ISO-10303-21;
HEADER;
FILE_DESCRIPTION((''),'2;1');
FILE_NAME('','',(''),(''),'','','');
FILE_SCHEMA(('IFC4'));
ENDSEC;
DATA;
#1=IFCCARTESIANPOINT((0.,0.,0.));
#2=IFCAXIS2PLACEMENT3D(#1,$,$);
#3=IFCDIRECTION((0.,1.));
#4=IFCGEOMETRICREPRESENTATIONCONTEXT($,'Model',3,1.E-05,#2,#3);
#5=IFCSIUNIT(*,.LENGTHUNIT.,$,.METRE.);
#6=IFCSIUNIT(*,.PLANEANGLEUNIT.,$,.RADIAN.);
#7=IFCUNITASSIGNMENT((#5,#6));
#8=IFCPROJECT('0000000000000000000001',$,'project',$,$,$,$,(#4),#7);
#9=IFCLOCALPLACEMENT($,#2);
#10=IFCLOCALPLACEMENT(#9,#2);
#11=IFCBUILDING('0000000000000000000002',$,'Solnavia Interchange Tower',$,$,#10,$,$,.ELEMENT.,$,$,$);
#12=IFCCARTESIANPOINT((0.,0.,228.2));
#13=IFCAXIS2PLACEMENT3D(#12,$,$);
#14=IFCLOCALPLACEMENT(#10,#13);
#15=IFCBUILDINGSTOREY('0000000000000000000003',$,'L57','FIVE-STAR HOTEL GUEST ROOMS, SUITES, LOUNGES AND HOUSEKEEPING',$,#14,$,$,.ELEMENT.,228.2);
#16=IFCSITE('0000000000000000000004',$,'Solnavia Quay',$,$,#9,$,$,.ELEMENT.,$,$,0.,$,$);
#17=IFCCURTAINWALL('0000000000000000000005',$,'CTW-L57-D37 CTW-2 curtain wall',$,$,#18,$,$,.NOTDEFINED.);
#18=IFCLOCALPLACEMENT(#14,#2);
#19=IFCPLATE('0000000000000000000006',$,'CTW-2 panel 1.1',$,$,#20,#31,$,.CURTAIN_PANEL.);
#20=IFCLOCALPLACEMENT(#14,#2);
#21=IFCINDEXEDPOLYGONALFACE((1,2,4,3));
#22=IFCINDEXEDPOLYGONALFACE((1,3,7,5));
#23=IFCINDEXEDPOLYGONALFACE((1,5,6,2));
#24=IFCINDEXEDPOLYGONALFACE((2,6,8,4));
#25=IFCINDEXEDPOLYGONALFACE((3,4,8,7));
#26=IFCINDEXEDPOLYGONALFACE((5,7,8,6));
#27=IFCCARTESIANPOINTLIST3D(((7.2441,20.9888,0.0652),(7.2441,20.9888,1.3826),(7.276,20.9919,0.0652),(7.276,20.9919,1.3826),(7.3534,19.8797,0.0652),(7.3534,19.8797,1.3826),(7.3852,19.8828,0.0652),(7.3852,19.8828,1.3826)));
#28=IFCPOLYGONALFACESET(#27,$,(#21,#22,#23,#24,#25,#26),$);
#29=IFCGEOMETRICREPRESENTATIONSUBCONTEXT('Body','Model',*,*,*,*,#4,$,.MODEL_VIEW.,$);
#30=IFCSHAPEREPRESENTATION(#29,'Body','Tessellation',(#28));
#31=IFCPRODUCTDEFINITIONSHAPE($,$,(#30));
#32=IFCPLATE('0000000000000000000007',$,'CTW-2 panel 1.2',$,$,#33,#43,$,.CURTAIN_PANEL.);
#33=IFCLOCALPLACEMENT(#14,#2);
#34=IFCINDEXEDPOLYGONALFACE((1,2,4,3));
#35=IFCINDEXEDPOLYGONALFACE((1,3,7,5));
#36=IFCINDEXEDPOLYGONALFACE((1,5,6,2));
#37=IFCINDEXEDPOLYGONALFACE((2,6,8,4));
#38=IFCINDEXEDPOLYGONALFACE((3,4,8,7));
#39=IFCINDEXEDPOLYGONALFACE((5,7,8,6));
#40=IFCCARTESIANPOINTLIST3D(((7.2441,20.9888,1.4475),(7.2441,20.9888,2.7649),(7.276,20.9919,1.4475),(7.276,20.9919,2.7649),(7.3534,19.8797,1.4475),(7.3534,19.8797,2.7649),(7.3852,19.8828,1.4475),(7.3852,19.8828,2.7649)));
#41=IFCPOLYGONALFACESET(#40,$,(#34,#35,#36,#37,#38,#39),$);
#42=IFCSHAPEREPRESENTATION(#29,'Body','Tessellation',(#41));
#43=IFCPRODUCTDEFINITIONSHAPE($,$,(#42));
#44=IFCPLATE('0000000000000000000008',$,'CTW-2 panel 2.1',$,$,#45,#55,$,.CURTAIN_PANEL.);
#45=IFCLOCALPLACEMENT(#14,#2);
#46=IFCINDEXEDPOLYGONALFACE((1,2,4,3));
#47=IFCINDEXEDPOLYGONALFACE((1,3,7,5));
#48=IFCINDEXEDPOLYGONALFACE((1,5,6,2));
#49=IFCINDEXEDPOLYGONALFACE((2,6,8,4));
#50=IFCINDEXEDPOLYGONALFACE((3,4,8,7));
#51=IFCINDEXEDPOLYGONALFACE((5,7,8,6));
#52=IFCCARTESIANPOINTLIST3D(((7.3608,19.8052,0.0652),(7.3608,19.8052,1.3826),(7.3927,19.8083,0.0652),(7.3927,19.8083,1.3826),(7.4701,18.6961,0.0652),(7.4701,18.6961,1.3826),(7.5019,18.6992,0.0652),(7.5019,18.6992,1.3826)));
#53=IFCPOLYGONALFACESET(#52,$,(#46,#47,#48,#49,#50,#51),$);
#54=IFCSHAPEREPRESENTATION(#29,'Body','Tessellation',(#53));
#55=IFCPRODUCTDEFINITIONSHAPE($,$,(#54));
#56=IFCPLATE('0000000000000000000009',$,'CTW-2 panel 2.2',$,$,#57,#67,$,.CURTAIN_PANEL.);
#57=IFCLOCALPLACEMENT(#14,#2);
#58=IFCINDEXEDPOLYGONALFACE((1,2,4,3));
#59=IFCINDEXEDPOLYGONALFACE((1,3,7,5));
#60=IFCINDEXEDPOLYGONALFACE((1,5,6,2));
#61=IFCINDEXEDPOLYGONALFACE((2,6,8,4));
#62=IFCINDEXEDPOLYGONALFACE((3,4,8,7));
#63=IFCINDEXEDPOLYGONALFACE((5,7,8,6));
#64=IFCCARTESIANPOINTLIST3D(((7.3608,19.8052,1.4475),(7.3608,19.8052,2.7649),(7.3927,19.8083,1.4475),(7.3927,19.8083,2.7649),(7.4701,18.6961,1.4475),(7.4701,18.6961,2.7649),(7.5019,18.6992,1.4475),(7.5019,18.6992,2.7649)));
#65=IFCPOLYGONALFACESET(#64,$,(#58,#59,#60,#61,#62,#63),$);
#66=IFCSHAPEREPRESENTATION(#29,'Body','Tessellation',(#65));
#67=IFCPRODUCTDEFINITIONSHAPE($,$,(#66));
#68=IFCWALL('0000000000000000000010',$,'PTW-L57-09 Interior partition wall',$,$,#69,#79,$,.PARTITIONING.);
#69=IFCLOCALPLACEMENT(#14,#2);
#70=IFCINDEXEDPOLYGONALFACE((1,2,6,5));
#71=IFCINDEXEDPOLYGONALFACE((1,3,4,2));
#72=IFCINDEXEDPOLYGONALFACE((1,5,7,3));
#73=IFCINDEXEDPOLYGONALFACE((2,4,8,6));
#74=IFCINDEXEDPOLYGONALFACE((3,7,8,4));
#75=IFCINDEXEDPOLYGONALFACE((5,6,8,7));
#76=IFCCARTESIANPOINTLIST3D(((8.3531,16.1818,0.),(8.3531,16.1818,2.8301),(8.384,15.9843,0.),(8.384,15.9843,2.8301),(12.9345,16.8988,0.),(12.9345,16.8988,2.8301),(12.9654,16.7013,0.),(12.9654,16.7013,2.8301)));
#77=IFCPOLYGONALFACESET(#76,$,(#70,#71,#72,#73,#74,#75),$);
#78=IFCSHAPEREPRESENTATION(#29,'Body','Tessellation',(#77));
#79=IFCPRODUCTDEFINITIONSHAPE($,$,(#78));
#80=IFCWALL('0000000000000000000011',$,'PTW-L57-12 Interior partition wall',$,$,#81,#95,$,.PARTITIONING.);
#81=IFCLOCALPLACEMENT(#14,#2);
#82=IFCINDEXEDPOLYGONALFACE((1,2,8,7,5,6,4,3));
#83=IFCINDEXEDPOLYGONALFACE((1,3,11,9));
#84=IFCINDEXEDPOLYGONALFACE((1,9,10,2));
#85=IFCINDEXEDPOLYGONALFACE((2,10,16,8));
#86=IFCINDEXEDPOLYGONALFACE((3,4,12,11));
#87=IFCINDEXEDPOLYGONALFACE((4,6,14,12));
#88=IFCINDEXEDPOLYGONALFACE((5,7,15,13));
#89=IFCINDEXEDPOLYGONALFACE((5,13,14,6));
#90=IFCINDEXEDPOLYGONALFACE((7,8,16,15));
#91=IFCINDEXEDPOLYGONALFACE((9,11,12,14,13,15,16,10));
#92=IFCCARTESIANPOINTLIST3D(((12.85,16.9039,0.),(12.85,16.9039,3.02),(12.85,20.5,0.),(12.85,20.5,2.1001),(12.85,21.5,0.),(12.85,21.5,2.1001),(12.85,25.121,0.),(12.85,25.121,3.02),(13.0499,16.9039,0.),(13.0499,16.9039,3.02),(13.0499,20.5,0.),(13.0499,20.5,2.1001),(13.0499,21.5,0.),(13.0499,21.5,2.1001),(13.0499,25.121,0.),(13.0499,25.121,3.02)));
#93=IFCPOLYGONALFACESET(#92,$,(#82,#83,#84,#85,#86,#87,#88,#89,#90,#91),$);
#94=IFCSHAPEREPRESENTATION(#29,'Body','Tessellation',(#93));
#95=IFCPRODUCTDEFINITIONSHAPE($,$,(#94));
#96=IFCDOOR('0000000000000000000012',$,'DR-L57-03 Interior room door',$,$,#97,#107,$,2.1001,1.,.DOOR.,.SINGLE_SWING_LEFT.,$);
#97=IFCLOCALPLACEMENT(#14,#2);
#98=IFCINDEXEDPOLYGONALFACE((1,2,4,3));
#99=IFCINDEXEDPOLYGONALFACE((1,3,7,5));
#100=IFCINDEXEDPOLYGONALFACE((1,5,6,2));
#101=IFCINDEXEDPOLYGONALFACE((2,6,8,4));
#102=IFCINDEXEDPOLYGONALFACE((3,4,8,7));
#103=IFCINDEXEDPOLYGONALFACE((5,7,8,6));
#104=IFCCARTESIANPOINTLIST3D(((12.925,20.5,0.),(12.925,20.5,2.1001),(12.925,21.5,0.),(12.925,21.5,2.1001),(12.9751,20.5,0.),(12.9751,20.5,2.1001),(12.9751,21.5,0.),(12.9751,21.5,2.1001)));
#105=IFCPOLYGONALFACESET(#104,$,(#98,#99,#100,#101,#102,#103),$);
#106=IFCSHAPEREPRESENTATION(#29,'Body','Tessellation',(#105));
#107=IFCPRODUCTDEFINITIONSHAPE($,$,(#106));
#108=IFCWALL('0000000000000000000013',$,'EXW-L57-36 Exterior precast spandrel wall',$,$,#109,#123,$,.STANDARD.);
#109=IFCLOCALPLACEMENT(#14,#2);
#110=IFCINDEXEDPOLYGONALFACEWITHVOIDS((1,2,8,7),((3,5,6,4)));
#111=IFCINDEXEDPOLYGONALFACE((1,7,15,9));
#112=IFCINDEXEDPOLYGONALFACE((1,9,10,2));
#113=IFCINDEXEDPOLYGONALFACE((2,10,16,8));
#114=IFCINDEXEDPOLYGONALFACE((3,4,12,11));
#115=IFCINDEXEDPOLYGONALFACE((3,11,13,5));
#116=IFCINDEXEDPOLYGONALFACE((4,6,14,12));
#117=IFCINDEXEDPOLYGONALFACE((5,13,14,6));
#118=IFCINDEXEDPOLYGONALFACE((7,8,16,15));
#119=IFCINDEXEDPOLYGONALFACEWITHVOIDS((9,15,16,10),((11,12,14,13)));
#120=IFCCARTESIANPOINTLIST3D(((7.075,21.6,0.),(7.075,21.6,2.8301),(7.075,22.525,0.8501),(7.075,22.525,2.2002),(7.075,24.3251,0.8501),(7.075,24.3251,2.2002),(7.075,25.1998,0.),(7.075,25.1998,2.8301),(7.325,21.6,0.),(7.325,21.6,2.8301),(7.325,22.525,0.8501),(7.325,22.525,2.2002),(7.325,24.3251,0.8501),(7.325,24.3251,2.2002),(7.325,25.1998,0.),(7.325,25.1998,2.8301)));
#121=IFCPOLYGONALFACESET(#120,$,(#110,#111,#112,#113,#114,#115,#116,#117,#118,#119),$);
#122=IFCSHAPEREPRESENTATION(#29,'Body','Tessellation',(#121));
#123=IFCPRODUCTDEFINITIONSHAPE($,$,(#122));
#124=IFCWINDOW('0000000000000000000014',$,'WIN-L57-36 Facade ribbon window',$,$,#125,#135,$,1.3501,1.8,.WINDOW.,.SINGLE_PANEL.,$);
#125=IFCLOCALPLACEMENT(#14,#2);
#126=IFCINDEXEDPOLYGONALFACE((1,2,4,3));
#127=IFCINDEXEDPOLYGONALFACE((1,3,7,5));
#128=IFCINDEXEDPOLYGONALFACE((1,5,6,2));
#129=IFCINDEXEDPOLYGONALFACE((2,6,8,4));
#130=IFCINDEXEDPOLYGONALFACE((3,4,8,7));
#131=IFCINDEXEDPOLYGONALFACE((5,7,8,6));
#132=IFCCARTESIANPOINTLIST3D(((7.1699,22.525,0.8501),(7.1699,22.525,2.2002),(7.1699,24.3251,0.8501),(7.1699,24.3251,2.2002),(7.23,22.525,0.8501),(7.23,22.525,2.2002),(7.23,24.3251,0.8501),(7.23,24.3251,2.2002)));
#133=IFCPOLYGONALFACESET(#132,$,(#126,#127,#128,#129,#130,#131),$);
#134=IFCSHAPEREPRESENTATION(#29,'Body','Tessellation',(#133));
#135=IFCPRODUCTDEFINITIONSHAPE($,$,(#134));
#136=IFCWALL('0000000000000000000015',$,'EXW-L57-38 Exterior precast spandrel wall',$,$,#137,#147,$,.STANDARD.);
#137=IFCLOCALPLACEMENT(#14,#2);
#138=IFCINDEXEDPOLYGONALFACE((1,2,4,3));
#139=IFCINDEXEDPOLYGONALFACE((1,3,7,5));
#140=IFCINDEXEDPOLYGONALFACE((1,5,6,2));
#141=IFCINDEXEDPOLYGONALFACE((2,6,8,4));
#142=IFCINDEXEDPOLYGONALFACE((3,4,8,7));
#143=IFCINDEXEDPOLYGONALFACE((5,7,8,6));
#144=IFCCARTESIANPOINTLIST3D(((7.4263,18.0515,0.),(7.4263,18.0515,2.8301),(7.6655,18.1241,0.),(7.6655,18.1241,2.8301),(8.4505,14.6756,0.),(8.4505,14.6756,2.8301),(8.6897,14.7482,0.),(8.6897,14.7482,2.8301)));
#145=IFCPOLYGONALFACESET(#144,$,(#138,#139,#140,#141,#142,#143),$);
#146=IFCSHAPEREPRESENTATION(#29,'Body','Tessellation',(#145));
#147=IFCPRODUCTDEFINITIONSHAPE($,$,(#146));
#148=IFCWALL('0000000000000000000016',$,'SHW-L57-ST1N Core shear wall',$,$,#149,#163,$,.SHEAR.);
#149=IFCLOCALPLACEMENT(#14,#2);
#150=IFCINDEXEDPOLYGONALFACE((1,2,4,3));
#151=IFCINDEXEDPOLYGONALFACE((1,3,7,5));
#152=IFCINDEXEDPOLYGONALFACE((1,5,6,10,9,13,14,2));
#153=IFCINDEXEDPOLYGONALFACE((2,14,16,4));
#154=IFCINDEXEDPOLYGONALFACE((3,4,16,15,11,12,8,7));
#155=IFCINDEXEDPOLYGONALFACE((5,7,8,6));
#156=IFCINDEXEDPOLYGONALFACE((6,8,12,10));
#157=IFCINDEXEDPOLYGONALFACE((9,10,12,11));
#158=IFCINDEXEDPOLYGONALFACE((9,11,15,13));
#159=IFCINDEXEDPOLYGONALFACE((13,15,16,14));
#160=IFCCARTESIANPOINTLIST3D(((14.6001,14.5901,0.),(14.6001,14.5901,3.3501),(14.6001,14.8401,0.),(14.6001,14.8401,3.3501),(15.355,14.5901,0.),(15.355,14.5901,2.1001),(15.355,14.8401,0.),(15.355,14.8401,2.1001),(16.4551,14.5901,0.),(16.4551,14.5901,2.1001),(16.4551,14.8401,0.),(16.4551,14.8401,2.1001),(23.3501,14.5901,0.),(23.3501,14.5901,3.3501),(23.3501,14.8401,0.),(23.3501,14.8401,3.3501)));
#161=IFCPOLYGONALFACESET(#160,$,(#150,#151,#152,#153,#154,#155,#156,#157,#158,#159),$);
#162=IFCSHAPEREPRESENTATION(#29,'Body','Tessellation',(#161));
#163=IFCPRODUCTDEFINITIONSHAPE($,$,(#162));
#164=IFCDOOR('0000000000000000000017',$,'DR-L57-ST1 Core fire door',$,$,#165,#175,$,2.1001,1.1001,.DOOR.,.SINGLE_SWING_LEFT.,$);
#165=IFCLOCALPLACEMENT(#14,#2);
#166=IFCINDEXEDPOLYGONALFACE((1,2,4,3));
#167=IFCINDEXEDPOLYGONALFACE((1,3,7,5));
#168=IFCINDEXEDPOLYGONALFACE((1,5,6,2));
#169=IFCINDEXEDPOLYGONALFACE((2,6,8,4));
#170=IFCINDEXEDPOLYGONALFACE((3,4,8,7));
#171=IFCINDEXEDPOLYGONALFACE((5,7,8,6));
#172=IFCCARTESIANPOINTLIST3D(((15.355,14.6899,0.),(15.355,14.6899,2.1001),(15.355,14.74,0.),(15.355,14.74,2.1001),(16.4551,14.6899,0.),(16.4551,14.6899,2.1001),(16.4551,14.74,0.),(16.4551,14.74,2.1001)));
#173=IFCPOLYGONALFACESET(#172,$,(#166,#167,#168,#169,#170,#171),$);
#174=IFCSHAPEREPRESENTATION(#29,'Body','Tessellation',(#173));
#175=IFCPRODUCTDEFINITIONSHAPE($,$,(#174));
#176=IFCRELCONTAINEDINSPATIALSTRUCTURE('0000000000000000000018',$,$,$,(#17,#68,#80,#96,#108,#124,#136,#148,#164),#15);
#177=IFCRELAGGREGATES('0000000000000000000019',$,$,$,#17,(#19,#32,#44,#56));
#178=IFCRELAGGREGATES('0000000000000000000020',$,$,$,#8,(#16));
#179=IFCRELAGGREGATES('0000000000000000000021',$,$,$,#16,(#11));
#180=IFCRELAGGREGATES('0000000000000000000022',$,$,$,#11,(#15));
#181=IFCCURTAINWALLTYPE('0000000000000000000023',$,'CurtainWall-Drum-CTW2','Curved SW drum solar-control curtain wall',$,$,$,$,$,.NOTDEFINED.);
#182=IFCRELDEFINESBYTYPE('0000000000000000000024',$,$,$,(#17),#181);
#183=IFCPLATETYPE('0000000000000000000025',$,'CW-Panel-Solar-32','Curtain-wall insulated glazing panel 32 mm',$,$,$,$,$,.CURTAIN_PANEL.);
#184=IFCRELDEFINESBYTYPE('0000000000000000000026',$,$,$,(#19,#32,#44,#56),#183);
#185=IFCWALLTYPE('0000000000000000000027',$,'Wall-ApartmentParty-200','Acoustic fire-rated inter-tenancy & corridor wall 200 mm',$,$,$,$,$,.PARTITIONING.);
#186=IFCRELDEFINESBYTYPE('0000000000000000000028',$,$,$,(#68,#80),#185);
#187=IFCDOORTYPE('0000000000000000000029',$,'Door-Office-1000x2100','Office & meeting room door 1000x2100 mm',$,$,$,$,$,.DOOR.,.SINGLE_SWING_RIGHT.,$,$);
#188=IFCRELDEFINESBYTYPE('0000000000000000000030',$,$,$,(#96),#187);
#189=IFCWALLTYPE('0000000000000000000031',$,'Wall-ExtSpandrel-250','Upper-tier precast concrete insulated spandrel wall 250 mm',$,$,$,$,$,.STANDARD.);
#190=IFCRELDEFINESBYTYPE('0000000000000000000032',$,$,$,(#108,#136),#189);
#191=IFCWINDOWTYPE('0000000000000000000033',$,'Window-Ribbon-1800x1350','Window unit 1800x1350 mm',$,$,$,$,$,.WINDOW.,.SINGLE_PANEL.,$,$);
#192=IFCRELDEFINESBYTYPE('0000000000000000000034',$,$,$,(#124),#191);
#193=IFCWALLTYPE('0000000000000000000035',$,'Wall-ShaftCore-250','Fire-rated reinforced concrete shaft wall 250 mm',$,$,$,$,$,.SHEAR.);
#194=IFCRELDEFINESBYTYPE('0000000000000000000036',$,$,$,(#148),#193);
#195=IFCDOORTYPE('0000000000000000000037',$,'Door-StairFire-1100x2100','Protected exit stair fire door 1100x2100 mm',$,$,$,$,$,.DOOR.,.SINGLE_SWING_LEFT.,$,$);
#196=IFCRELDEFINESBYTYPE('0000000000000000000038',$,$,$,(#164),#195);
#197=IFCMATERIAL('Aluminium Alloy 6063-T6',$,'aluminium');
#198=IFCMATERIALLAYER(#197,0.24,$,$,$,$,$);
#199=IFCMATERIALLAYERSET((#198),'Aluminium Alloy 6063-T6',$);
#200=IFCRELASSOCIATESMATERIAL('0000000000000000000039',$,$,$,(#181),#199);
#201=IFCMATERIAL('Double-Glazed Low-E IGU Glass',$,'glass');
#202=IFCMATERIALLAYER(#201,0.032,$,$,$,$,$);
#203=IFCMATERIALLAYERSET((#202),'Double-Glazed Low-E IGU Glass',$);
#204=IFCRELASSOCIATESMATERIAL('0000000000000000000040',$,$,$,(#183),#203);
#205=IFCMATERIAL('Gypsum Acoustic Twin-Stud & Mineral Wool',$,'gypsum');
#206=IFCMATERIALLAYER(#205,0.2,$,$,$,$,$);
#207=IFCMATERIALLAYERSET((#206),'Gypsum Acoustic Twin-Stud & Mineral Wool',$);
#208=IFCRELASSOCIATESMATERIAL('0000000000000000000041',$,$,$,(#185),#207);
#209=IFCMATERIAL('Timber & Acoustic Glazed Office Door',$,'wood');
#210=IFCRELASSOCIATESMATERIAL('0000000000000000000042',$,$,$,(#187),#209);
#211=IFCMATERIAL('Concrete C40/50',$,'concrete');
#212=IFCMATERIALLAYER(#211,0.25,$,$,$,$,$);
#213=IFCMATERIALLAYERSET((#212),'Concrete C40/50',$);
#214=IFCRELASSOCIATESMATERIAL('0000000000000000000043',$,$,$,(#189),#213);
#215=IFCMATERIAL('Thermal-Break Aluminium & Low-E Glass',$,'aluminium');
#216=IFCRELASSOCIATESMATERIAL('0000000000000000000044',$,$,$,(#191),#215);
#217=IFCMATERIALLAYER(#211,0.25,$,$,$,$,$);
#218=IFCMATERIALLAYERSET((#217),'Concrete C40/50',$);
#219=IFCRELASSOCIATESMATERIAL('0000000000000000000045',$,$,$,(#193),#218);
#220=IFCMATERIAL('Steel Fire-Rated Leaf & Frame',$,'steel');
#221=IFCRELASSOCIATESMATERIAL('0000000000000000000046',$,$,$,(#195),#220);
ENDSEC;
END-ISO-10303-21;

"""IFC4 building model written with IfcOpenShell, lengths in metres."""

from ifc_helpers import new_model, si_unit, direction, frame, frame_2d, origin, origin_2d, place, context, subcontext, project, spatial, rectangle, extrude, material, layer, layer_set, type_object, element, fill, aggregate, save


model = new_model("IFC4")

# Units and contexts
model_context = context("Model", 3, precision=1e-05, world=origin(), true_north=direction((0.0, 1.0)))
body_context = subcontext(model_context, "Body", "Model", "MODEL_VIEW")
ifc_project = project(units=[si_unit("LENGTHUNIT", "METRE"), si_unit("PLANEANGLEUNIT", "RADIAN")], contexts=[model_context])

# Site, building, storey
site_placement = place(None, origin())
site = spatial("IfcSite", under=ifc_project, at=site_placement, Name="Solnavia Quay", CompositionType="ELEMENT", RefElevation=0.0)
building_placement = place(site_placement, origin())
building = spatial("IfcBuilding", under=site, at=building_placement, Name="Solnavia Interchange Tower", CompositionType="ELEMENT")
storey_placement = place(building_placement, frame((0.0, 0.0, 228.2)))
storey = spatial("IfcBuildingStorey", under=building, at=storey_placement, Name="L57", Description="FIVE-STAR HOTEL GUEST ROOMS, SUITES, LOUNGES AND HOUSEKEEPING", CompositionType="ELEMENT", Elevation=228.2)

# Curtain wall, plates
ifc_material_1 = material(Name="Aluminium Alloy 6063-T6", Category="aluminium")
ifc_layer_1 = layer(ifc_material_1, 0.24)
ifc_layer_set_1 = layer_set([ifc_layer_1], Name="Aluminium Alloy 6063-T6")
curtain_wall_type = type_object("IfcCurtainWallType", Name="CurtainWall-Drum-CTW2", Description="Curved SW drum solar-control curtain wall", PredefinedType="NOTDEFINED", material=ifc_layer_set_1)
curtain_wall_placement = place(storey_placement, origin())
curtain_wall = element("IfcCurtainWall", 1, at=curtain_wall_placement, inside=storey, type_object=curtain_wall_type, Name="CTW-L57-D37 CTW-2 curtain wall", PredefinedType="NOTDEFINED")
ifc_material_2 = material(Name="Double-Glazed Low-E IGU Glass", Category="glass")
ifc_layer_2 = layer(ifc_material_2, 0.032)
ifc_layer_set_2 = layer_set([ifc_layer_2], Name="Double-Glazed Low-E IGU Glass")
plate_type = type_object("IfcPlateType", Name="CW-Panel-Solar-32", Description="Curtain-wall insulated glazing panel 32 mm", PredefinedType="CURTAIN_PANEL", material=ifc_layer_set_2)
plate_1_placement = place(storey_placement, frame((7.3147, 20.4358, 0.0652), z_axis=(0.0, 0.0, 1.0), x_axis=(0.098043, -0.995182, 0.0)))
plate_1 = element("IfcPlate", 2, at=plate_1_placement, type_object=plate_type, Name="CTW-2 panel 1.1", PredefinedType="CURTAIN_PANEL", context=body_context, shape_type="SweptSolid", body=[
    extrude(rectangle(XDim=1.1145, YDim=0.032, at=origin_2d()), origin(), (0.0, 0.0, 1.0), 1.3174),
])
plate_2_placement = place(storey_placement, frame((7.3147, 20.4358, 1.4475), z_axis=(0.0, 0.0, 1.0), x_axis=(0.098043, -0.995182, 0.0)))
plate_2 = element("IfcPlate", 3, at=plate_2_placement, type_object=plate_type, Name="CTW-2 panel 1.2", PredefinedType="CURTAIN_PANEL", context=body_context, shape_type="SweptSolid", body=[
    extrude(rectangle(XDim=1.1145, YDim=0.032, at=origin_2d()), origin(), (0.0, 0.0, 1.0), 1.3174),
])
plate_3_placement = place(storey_placement, frame((7.4314, 19.2522, 0.0652), z_axis=(0.0, 0.0, 1.0), x_axis=(0.098043, -0.995182, 0.0)))
plate_3 = element("IfcPlate", 4, at=plate_3_placement, type_object=plate_type, Name="CTW-2 panel 2.1", PredefinedType="CURTAIN_PANEL", context=body_context, shape_type="SweptSolid", body=[
    extrude(rectangle(XDim=1.1145, YDim=0.032, at=origin_2d()), origin(), (0.0, 0.0, 1.0), 1.3174),
])
plate_4_placement = place(storey_placement, frame((7.4314, 19.2522, 1.4475), z_axis=(0.0, 0.0, 1.0), x_axis=(0.098043, -0.995182, 0.0)))
plate_4 = element("IfcPlate", 5, at=plate_4_placement, type_object=plate_type, Name="CTW-2 panel 2.2", PredefinedType="CURTAIN_PANEL", context=body_context, shape_type="SweptSolid", body=[
    extrude(rectangle(XDim=1.1145, YDim=0.032, at=origin_2d()), origin(), (0.0, 0.0, 1.0), 1.3174),
])
aggregate(curtain_wall, [plate_1, plate_2, plate_3, plate_4])

# Wall
ifc_material_3 = material(Name="Gypsum Acoustic Twin-Stud & Mineral Wool", Category="gypsum")
ifc_layer_3 = layer(ifc_material_3, 0.2)
ifc_layer_set_3 = layer_set([ifc_layer_3], Name="Gypsum Acoustic Twin-Stud & Mineral Wool")
wall_type_1 = type_object("IfcWallType", Name="Wall-ApartmentParty-200", Description="Acoustic fire-rated inter-tenancy & corridor wall 200 mm", PredefinedType="PARTITIONING", material=ifc_layer_set_3)
wall_1_placement = place(storey_placement, frame((12.95, 16.8, 0.0), z_axis=(0.0, 0.0, 1.0), x_axis=(-0.987973, -0.154624, 0.0)))
element("IfcWall", 6, at=wall_1_placement, inside=storey, type_object=wall_type_1, Name="PTW-L57-09 Interior partition wall", PredefinedType="PARTITIONING", context=body_context, shape_type="SweptSolid", body=[
    extrude(rectangle(XDim=4.6372, YDim=0.2, at=frame_2d((2.3186, 0.0))), origin(), (0.0, 0.0, 1.0), 2.8301),
])

# Wall, opening, door
wall_2_placement = place(storey_placement, frame((12.95, 16.9041, 0.0), z_axis=(0.0, 0.0, 1.0), x_axis=(0.0, 1.0, 0.0)))
wall_2 = element("IfcWall", 7, at=wall_2_placement, inside=storey, type_object=wall_type_1, Name="PTW-L57-12 Interior partition wall", PredefinedType="PARTITIONING", context=body_context, shape_type="SweptSolid", body=[
    extrude(rectangle(XDim=8.217, YDim=0.2, at=frame_2d((4.1084, 0.0))), origin(), (0.0, 0.0, 1.0), 3.02),
])
opening_1_placement = place(wall_2_placement, frame((3.5959, 0.0, 0.0)))
opening_1 = element("IfcOpeningElement", 8, at=opening_1_placement, cuts=wall_2, PredefinedType="OPENING", context=body_context, shape_type="SweptSolid", body=[
    extrude(rectangle(XDim=1.0, YDim=2.1001, at=frame_2d((0.5, 1.05))), frame((0.0, 0.1099, 0.0), z_axis=(0.0, -1.0, 0.0), x_axis=(1.0, 0.0, 0.0)), (0.0, 0.0, 1.0), 0.22),
])
ifc_material_4 = material(Name="Timber & Acoustic Glazed Office Door", Category="wood")
door_type_1 = type_object("IfcDoorType", Name="Door-Office-1000x2100", Description="Office & meeting room door 1000x2100 mm", OperationType="SINGLE_SWING_RIGHT", PredefinedType="DOOR", material=ifc_material_4)
door_1_placement = place(opening_1_placement, origin())
door_1 = element("IfcDoor", 9, at=door_1_placement, inside=storey, type_object=door_type_1, Name="DR-L57-03 Interior room door", OperationType="SINGLE_SWING_LEFT", OverallHeight=2.1001, OverallWidth=1.0, PredefinedType="DOOR", context=body_context, shape_type="SweptSolid", body=[
    extrude(rectangle(XDim=1.0, YDim=2.1001, at=frame_2d((0.5, 1.05))), frame((0.0, 0.0249, 0.0), z_axis=(0.0, -1.0, 0.0), x_axis=(1.0, 0.0, 0.0)), (0.0, 0.0, 1.0), 0.05),
])
fill(opening_1, door_1)

# Wall, opening, window
ifc_material_5 = material(Name="Concrete C40/50", Category="concrete")
ifc_layer_4 = layer(ifc_material_5, 0.25)
ifc_layer_set_4 = layer_set([ifc_layer_4], Name="Concrete C40/50")
wall_type_2 = type_object("IfcWallType", Name="Wall-ExtSpandrel-250", Description="Upper-tier precast concrete insulated spandrel wall 250 mm", PredefinedType="STANDARD", material=ifc_layer_set_4)
wall_3_placement = place(storey_placement, frame((7.2, 21.6001, 0.0), z_axis=(0.0, 0.0, 1.0), x_axis=(0.0, 1.0, 0.0)))
wall_3 = element("IfcWall", 10, at=wall_3_placement, inside=storey, type_object=wall_type_2, Name="EXW-L57-36 Exterior precast spandrel wall", PredefinedType="STANDARD", context=body_context, shape_type="SweptSolid", body=[
    extrude(rectangle(XDim=3.5999, YDim=0.25, at=frame_2d((1.7998, 0.0))), origin(), (0.0, 0.0, 1.0), 2.8301),
])
opening_2_placement = place(wall_3_placement, frame((0.925, 0.0, 0.8501)))
opening_2 = element("IfcOpeningElement", 11, at=opening_2_placement, cuts=wall_3, PredefinedType="OPENING", context=body_context, shape_type="SweptSolid", body=[
    extrude(rectangle(XDim=1.8, YDim=1.3501, at=frame_2d((0.8999, 0.675))), frame((0.0, 0.135, 0.0), z_axis=(0.0, -1.0, 0.0), x_axis=(1.0, 0.0, 0.0)), (0.0, 0.0, 1.0), 0.27),
])
ifc_material_6 = material(Name="Thermal-Break Aluminium & Low-E Glass", Category="aluminium")
window_type = type_object("IfcWindowType", Name="Window-Ribbon-1800x1350", Description="Window unit 1800x1350 mm", PartitioningType="SINGLE_PANEL", PredefinedType="WINDOW", material=ifc_material_6)
window_placement = place(opening_2_placement, origin())
window = element("IfcWindow", 12, at=window_placement, inside=storey, type_object=window_type, Name="WIN-L57-36 Facade ribbon window", OverallHeight=1.3501, OverallWidth=1.8, PartitioningType="SINGLE_PANEL", PredefinedType="WINDOW", context=body_context, shape_type="SweptSolid", body=[
    extrude(rectangle(XDim=1.8, YDim=1.3501, at=frame_2d((0.8999, 0.675))), frame((0.0, 0.03, 0.0), z_axis=(0.0, -1.0, 0.0), x_axis=(1.0, 0.0, 0.0)), (0.0, 0.0, 1.0), 0.0601),
])
fill(opening_2, window)

# Wall
wall_4_placement = place(storey_placement, frame((8.5701, 14.7119, 0.0), z_axis=(0.0, 0.0, 1.0), x_axis=(-0.290305, 0.956934, 0.0)))
element("IfcWall", 13, at=wall_4_placement, inside=storey, type_object=wall_type_2, Name="EXW-L57-38 Exterior precast spandrel wall", PredefinedType="STANDARD", context=body_context, shape_type="SweptSolid", body=[
    extrude(rectangle(XDim=3.5278, YDim=0.25, at=frame_2d((1.7639, 0.0))), origin(), (0.0, 0.0, 1.0), 2.8301),
])

# Wall, opening, door
ifc_layer_5 = layer(ifc_material_5, 0.25)
ifc_layer_set_5 = layer_set([ifc_layer_5], Name="Concrete C40/50")
wall_type_3 = type_object("IfcWallType", Name="Wall-ShaftCore-250", Description="Fire-rated reinforced concrete shaft wall 250 mm", PredefinedType="SHEAR", material=ifc_layer_set_5)
wall_5_placement = place(storey_placement, frame((14.6001, 14.7151, 0.0), z_axis=(0.0, 0.0, 1.0), x_axis=(1.0, 0.0, 0.0)))
wall_5 = element("IfcWall", 14, at=wall_5_placement, inside=storey, type_object=wall_type_3, Name="SHW-L57-ST1N Core shear wall", PredefinedType="SHEAR", context=body_context, shape_type="SweptSolid", body=[
    extrude(rectangle(XDim=8.75, YDim=0.25, at=frame_2d((4.375, 0.0))), origin(), (0.0, 0.0, 1.0), 3.3501),
])
opening_3_placement = place(wall_5_placement, frame((0.7549, 0.0, 0.0)))
opening_3 = element("IfcOpeningElement", 15, at=opening_3_placement, cuts=wall_5, PredefinedType="OPENING", context=body_context, shape_type="SweptSolid", body=[
    extrude(rectangle(XDim=1.1001, YDim=2.1001, at=frame_2d((0.55, 1.05))), frame((0.0, 0.135, 0.0), z_axis=(0.0, -1.0, 0.0), x_axis=(1.0, 0.0, 0.0)), (0.0, 0.0, 1.0), 0.27),
])
ifc_material_7 = material(Name="Steel Fire-Rated Leaf & Frame", Category="steel")
door_type_2 = type_object("IfcDoorType", Name="Door-StairFire-1100x2100", Description="Protected exit stair fire door 1100x2100 mm", OperationType="SINGLE_SWING_LEFT", PredefinedType="DOOR", material=ifc_material_7)
door_2_placement = place(opening_3_placement, origin())
door_2 = element("IfcDoor", 16, at=door_2_placement, inside=storey, type_object=door_type_2, Name="DR-L57-ST1 Core fire door", OperationType="SINGLE_SWING_LEFT", OverallHeight=2.1001, OverallWidth=1.1001, PredefinedType="DOOR", context=body_context, shape_type="SweptSolid", body=[
    extrude(rectangle(XDim=1.1001, YDim=2.1001, at=frame_2d((0.55, 1.05))), frame((0.0, 0.0249, 0.0), z_axis=(0.0, -1.0, 0.0), x_axis=(1.0, 0.0, 0.0)), (0.0, 0.0, 1.0), 0.05),
])
fill(opening_3, door_2)

save(model, "model.ifc")
